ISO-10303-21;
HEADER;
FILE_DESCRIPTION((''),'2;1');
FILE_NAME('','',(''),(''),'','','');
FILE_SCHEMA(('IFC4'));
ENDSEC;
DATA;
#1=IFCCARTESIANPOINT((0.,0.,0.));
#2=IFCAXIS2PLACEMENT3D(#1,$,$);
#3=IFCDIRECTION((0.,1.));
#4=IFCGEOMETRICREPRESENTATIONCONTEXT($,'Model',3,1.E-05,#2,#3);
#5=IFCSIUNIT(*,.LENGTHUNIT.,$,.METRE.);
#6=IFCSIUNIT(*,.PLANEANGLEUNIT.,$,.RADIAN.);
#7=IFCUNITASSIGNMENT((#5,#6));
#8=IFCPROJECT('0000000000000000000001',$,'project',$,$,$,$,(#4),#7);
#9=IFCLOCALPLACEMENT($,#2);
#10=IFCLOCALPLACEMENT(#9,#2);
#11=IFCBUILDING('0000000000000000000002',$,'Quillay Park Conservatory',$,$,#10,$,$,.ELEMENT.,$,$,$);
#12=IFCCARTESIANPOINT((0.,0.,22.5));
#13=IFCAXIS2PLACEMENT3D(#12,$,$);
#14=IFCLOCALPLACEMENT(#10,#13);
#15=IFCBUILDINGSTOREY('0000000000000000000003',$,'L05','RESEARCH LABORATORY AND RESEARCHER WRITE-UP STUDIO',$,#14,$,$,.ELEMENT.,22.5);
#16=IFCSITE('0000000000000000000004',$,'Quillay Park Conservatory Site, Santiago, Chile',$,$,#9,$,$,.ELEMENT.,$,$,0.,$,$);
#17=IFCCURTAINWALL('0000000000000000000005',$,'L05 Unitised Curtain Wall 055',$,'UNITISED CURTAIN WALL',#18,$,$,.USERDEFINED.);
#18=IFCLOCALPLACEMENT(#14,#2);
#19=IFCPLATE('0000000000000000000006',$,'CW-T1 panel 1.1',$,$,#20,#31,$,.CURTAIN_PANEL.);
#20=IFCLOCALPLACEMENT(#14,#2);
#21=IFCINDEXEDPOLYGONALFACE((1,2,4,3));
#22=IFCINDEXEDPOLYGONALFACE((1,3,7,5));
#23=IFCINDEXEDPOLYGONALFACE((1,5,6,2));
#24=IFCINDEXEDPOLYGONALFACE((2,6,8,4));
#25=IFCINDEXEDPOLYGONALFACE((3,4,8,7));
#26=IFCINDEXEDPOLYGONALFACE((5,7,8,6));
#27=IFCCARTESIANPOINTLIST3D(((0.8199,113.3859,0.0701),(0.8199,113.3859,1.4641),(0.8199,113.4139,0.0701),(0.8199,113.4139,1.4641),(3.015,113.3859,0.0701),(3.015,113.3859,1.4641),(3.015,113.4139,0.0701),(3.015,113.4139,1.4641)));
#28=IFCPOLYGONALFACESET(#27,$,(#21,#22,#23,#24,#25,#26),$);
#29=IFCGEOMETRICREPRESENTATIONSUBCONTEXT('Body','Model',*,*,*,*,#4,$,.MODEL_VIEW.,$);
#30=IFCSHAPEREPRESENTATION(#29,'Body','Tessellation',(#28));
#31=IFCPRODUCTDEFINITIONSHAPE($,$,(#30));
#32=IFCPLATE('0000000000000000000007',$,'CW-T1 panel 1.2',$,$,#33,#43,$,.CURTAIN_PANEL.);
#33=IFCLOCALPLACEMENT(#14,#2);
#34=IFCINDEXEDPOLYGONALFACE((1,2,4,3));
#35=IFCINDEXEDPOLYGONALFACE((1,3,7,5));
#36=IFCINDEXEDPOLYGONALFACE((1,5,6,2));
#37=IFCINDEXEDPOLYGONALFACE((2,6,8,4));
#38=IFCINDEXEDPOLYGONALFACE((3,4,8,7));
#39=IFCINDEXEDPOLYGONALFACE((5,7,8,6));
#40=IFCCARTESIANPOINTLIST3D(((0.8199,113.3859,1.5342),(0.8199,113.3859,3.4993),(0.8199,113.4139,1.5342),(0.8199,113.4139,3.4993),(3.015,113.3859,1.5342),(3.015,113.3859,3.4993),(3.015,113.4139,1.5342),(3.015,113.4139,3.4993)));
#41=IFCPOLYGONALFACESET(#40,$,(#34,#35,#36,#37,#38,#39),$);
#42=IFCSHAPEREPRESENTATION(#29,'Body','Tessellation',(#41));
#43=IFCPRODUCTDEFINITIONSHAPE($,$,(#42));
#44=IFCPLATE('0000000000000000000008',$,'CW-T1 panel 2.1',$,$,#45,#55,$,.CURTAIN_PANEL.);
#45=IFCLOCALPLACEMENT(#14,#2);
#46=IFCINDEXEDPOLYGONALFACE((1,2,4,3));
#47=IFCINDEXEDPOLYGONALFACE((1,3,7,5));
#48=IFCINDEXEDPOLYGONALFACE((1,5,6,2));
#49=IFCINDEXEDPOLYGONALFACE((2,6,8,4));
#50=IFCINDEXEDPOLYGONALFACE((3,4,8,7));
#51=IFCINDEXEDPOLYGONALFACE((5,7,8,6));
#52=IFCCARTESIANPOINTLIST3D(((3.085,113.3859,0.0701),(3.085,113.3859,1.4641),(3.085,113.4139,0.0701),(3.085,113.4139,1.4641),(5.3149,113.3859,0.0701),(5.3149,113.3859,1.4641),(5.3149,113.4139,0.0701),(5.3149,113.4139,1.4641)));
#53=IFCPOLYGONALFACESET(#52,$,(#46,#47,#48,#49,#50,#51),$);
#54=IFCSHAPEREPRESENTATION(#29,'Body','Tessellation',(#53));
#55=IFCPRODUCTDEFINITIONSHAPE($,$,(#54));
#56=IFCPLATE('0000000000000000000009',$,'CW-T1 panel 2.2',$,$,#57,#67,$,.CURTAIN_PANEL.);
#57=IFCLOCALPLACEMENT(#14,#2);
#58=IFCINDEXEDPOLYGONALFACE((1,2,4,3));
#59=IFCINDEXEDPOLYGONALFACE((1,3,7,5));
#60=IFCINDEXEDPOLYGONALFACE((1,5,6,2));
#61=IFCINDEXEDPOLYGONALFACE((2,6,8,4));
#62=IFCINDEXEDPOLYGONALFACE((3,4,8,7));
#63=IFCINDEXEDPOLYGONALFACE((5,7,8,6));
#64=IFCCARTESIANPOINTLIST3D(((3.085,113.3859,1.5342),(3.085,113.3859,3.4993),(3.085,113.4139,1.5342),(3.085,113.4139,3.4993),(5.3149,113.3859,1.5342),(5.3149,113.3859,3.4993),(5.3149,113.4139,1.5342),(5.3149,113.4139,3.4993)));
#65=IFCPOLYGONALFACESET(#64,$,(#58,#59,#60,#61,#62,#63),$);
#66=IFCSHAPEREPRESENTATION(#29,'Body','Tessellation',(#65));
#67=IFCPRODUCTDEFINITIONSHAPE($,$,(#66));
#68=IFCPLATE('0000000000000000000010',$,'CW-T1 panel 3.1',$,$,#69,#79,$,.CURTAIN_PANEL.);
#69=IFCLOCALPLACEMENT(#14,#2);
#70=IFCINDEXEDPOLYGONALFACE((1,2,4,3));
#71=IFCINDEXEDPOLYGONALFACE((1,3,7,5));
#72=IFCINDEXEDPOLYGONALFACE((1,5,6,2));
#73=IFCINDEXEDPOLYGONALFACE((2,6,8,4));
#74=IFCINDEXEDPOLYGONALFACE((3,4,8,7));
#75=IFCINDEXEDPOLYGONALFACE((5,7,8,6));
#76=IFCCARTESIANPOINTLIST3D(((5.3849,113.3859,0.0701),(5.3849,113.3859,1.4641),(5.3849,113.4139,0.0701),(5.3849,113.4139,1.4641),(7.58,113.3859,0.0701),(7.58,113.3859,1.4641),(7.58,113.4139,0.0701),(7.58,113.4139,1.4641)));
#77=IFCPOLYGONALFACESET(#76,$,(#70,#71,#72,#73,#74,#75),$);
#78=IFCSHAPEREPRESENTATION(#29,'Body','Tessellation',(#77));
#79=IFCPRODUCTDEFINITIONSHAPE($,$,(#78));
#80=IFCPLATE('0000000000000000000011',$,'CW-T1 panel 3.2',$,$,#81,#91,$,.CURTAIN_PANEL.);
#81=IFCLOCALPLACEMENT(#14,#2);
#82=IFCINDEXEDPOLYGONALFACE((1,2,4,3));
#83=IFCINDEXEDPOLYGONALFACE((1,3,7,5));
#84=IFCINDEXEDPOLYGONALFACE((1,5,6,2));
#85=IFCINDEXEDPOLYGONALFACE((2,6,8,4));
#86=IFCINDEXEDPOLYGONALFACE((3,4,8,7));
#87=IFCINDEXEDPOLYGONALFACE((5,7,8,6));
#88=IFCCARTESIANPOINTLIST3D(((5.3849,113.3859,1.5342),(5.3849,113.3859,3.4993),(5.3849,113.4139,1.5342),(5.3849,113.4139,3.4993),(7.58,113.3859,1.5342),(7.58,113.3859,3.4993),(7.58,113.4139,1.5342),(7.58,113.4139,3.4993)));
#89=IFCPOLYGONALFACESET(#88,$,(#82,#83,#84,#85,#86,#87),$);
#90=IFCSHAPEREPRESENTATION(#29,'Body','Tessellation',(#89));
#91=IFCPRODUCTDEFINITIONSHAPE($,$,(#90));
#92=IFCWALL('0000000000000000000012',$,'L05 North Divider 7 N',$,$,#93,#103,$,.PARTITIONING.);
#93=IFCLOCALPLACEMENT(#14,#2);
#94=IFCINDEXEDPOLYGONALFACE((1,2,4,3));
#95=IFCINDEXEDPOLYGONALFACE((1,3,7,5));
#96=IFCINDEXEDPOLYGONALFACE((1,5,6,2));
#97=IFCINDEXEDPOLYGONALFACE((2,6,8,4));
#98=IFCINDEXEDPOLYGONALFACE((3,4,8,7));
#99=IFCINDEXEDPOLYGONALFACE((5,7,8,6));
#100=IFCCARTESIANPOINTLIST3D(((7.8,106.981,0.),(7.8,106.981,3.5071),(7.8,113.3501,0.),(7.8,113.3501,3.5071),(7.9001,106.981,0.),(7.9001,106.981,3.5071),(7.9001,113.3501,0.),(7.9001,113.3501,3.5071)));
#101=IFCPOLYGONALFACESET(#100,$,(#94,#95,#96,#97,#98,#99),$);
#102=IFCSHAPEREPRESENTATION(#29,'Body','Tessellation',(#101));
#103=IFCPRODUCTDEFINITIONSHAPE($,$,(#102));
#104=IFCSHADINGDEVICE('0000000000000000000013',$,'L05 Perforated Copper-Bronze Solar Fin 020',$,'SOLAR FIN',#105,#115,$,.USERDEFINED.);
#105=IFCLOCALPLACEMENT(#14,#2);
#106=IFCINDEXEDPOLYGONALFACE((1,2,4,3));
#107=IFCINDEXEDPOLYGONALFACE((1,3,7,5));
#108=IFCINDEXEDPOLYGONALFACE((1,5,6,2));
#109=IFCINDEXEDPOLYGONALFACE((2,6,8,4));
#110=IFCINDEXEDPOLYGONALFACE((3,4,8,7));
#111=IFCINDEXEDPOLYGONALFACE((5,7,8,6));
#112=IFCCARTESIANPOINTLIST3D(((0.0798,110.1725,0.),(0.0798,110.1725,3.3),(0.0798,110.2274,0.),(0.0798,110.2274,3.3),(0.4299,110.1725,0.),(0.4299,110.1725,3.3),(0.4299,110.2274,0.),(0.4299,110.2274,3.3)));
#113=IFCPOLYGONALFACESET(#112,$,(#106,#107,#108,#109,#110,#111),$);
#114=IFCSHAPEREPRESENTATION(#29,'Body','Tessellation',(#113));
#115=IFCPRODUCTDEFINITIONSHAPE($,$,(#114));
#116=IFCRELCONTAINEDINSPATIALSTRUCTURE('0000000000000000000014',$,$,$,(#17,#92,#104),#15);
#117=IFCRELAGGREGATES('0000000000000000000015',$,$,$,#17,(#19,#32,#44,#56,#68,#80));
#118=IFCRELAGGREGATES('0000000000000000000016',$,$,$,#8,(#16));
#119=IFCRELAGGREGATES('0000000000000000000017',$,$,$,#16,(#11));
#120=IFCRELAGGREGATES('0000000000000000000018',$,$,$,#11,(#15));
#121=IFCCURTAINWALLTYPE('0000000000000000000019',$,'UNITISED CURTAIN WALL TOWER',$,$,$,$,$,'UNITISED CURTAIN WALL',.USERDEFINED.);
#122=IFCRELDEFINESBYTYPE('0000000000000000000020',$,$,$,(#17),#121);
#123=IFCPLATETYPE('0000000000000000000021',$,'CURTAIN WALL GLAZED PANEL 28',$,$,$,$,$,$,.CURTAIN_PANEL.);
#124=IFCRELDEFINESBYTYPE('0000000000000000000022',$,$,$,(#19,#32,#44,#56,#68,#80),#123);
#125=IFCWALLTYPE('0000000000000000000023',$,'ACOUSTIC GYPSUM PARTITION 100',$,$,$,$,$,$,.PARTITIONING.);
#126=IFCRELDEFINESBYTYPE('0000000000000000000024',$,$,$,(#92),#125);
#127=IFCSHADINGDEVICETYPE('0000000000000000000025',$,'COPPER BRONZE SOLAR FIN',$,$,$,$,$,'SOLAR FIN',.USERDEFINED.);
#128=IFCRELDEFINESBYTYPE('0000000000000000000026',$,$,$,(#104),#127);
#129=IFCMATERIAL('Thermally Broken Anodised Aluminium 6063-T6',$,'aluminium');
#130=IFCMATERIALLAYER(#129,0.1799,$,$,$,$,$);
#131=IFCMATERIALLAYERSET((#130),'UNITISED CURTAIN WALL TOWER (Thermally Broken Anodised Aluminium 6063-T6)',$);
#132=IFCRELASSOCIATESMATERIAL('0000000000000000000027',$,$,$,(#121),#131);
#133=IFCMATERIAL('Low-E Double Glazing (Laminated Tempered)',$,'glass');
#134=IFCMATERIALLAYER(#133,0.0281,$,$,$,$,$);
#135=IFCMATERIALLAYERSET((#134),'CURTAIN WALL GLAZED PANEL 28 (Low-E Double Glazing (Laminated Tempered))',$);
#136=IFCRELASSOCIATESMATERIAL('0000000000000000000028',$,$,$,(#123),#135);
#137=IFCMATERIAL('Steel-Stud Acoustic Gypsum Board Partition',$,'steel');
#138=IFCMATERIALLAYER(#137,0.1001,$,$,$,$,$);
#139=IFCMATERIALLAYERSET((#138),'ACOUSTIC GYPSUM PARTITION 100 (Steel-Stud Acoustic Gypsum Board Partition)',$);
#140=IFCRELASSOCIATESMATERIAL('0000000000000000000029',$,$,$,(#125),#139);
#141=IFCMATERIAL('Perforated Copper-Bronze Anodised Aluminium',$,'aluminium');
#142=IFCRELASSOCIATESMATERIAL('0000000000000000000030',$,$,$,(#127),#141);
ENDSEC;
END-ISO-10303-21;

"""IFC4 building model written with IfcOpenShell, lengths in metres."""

from ifc_helpers import new_model, si_unit, direction, frame, frame_2d, origin, origin_2d, place, context, subcontext, project, spatial, rectangle, extrude, material, layer, layer_set, type_object, element, aggregate, save


model = new_model("IFC4")

# Units and contexts
model_context = context("Model", 3, precision=1e-05, world=origin(), true_north=direction((0.0, 1.0)))
body_context = subcontext(model_context, "Body", "Model", "MODEL_VIEW")
ifc_project = project(units=[si_unit("LENGTHUNIT", "METRE"), si_unit("PLANEANGLEUNIT", "RADIAN")], contexts=[model_context])

# Site, building, storey
site_placement = place(None, origin())
site = spatial("IfcSite", under=ifc_project, at=site_placement, Name="Quillay Park Conservatory Site, Santiago, Chile", CompositionType="ELEMENT", RefElevation=0.0)
building_placement = place(site_placement, origin())
building = spatial("IfcBuilding", under=site, at=building_placement, Name="Quillay Park Conservatory", CompositionType="ELEMENT")
storey_placement = place(building_placement, frame((0.0, 0.0, 22.5)))
storey = spatial("IfcBuildingStorey", under=building, at=storey_placement, Name="L05", Description="RESEARCH LABORATORY AND RESEARCHER WRITE-UP STUDIO", CompositionType="ELEMENT", Elevation=22.5)

# Curtain wall
ifc_material_1 = material(Name="Thermally Broken Anodised Aluminium 6063-T6", Category="aluminium")
ifc_layer_1 = layer(ifc_material_1, 0.1799)
ifc_layer_set_1 = layer_set([ifc_layer_1], Name="UNITISED CURTAIN WALL TOWER (Thermally Broken Anodised Aluminium 6063-T6)")
curtain_wall_type = type_object("IfcCurtainWallType", Name="UNITISED CURTAIN WALL TOWER", ElementType="UNITISED CURTAIN WALL", PredefinedType="USERDEFINED", material=ifc_layer_set_1)
curtain_wall_placement = place(storey_placement, origin())
curtain_wall = element("IfcCurtainWall", 1, at=curtain_wall_placement, inside=storey, type_object=curtain_wall_type, Name="L05 Unitised Curtain Wall 055", ObjectType="UNITISED CURTAIN WALL", PredefinedType="USERDEFINED")

# Plates
ifc_material_2 = material(Name="Low-E Double Glazing (Laminated Tempered)", Category="glass")
ifc_layer_2 = layer(ifc_material_2, 0.0281)
ifc_layer_set_2 = layer_set([ifc_layer_2], Name="CURTAIN WALL GLAZED PANEL 28 (Low-E Double Glazing (Laminated Tempered))")
plate_type = type_object("IfcPlateType", Name="CURTAIN WALL GLAZED PANEL 28", PredefinedType="CURTAIN_PANEL", material=ifc_layer_set_2)
plate_1_placement = place(storey_placement, frame((1.9175, 113.3999, 0.0701), z_axis=(0.0, 0.0, 1.0), x_axis=(1.0, 0.0, 0.0)))
plate_1 = element("IfcPlate", 2, at=plate_1_placement, type_object=plate_type, Name="CW-T1 panel 1.1", PredefinedType="CURTAIN_PANEL", context=body_context, shape_type="SweptSolid", body=[
    extrude(rectangle(XDim=2.1951, YDim=0.0281, at=origin_2d()), origin(), (0.0, 0.0, 1.0), 1.394),
])
plate_2_placement = place(storey_placement, frame((1.9175, 113.3999, 1.5342), z_axis=(0.0, 0.0, 1.0), x_axis=(1.0, 0.0, 0.0)))
plate_2 = element("IfcPlate", 3, at=plate_2_placement, type_object=plate_type, Name="CW-T1 panel 1.2", PredefinedType="CURTAIN_PANEL", context=body_context, shape_type="SweptSolid", body=[
    extrude(rectangle(XDim=2.1951, YDim=0.0281, at=origin_2d()), origin(), (0.0, 0.0, 1.0), 1.9651),
])
plate_3_placement = place(storey_placement, frame((4.2, 113.3999, 0.0701), z_axis=(0.0, 0.0, 1.0), x_axis=(1.0, 0.0, 0.0)))
plate_3 = element("IfcPlate", 4, at=plate_3_placement, type_object=plate_type, Name="CW-T1 panel 2.1", PredefinedType="CURTAIN_PANEL", context=body_context, shape_type="SweptSolid", body=[
    extrude(rectangle(XDim=2.23, YDim=0.0281, at=origin_2d()), origin(), (0.0, 0.0, 1.0), 1.394),
])
plate_4_placement = place(storey_placement, frame((4.2, 113.3999, 1.5342), z_axis=(0.0, 0.0, 1.0), x_axis=(1.0, 0.0, 0.0)))
plate_4 = element("IfcPlate", 5, at=plate_4_placement, type_object=plate_type, Name="CW-T1 panel 2.2", PredefinedType="CURTAIN_PANEL", context=body_context, shape_type="SweptSolid", body=[
    extrude(rectangle(XDim=2.23, YDim=0.0281, at=origin_2d()), origin(), (0.0, 0.0, 1.0), 1.9651),
])
plate_5_placement = place(storey_placement, frame((6.4824, 113.3999, 0.0701), z_axis=(0.0, 0.0, 1.0), x_axis=(1.0, 0.0, 0.0)))
plate_5 = element("IfcPlate", 6, at=plate_5_placement, type_object=plate_type, Name="CW-T1 panel 3.1", PredefinedType="CURTAIN_PANEL", context=body_context, shape_type="SweptSolid", body=[
    extrude(rectangle(XDim=2.1951, YDim=0.0281, at=origin_2d()), origin(), (0.0, 0.0, 1.0), 1.394),
])
plate_6_placement = place(storey_placement, frame((6.4824, 113.3999, 1.5342), z_axis=(0.0, 0.0, 1.0), x_axis=(1.0, 0.0, 0.0)))
plate_6 = element("IfcPlate", 7, at=plate_6_placement, type_object=plate_type, Name="CW-T1 panel 3.2", PredefinedType="CURTAIN_PANEL", context=body_context, shape_type="SweptSolid", body=[
    extrude(rectangle(XDim=2.1951, YDim=0.0281, at=origin_2d()), origin(), (0.0, 0.0, 1.0), 1.9651),
])
aggregate(curtain_wall, [plate_1, plate_2, plate_3, plate_4, plate_5, plate_6])

# Wall
ifc_material_3 = material(Name="Steel-Stud Acoustic Gypsum Board Partition", Category="steel")
ifc_layer_3 = layer(ifc_material_3, 0.1001)
ifc_layer_set_3 = layer_set([ifc_layer_3], Name="ACOUSTIC GYPSUM PARTITION 100 (Steel-Stud Acoustic Gypsum Board Partition)")
wall_type = type_object("IfcWallType", Name="ACOUSTIC GYPSUM PARTITION 100", PredefinedType="PARTITIONING", material=ifc_layer_set_3)
wall_placement = place(storey_placement, frame((7.8501, 113.3501, 0.0), z_axis=(0.0, 0.0, 1.0), x_axis=(0.0, -1.0, 0.0)))
element("IfcWall", 8, at=wall_placement, inside=storey, type_object=wall_type, Name="L05 North Divider 7 N", PredefinedType="PARTITIONING", context=body_context, shape_type="SweptSolid", body=[
    extrude(rectangle(XDim=6.3691, YDim=0.1001, at=frame_2d((3.1846, 0.0))), origin(), (0.0, 0.0, 1.0), 3.5071),
])

# Shading device
ifc_material_4 = material(Name="Perforated Copper-Bronze Anodised Aluminium", Category="aluminium")
shading_device_type = type_object("IfcShadingDeviceType", Name="COPPER BRONZE SOLAR FIN", ElementType="SOLAR FIN", PredefinedType="USERDEFINED", material=ifc_material_4)
shading_device_placement = place(storey_placement, frame((0.2549, 110.2, 0.0), z_axis=(0.0, 0.0, 1.0), x_axis=(1.0, 0.0, 0.0)))
element("IfcShadingDevice", 9, at=shading_device_placement, inside=storey, type_object=shading_device_type, Name="L05 Perforated Copper-Bronze Solar Fin 020", ObjectType="SOLAR FIN", PredefinedType="USERDEFINED", context=body_context, shape_type="SweptSolid", body=[
    extrude(rectangle(XDim=0.3501, YDim=0.0549, at=origin_2d()), origin(), (0.0, 0.0, 1.0), 3.3),
])

save(model, "model.ifc")
